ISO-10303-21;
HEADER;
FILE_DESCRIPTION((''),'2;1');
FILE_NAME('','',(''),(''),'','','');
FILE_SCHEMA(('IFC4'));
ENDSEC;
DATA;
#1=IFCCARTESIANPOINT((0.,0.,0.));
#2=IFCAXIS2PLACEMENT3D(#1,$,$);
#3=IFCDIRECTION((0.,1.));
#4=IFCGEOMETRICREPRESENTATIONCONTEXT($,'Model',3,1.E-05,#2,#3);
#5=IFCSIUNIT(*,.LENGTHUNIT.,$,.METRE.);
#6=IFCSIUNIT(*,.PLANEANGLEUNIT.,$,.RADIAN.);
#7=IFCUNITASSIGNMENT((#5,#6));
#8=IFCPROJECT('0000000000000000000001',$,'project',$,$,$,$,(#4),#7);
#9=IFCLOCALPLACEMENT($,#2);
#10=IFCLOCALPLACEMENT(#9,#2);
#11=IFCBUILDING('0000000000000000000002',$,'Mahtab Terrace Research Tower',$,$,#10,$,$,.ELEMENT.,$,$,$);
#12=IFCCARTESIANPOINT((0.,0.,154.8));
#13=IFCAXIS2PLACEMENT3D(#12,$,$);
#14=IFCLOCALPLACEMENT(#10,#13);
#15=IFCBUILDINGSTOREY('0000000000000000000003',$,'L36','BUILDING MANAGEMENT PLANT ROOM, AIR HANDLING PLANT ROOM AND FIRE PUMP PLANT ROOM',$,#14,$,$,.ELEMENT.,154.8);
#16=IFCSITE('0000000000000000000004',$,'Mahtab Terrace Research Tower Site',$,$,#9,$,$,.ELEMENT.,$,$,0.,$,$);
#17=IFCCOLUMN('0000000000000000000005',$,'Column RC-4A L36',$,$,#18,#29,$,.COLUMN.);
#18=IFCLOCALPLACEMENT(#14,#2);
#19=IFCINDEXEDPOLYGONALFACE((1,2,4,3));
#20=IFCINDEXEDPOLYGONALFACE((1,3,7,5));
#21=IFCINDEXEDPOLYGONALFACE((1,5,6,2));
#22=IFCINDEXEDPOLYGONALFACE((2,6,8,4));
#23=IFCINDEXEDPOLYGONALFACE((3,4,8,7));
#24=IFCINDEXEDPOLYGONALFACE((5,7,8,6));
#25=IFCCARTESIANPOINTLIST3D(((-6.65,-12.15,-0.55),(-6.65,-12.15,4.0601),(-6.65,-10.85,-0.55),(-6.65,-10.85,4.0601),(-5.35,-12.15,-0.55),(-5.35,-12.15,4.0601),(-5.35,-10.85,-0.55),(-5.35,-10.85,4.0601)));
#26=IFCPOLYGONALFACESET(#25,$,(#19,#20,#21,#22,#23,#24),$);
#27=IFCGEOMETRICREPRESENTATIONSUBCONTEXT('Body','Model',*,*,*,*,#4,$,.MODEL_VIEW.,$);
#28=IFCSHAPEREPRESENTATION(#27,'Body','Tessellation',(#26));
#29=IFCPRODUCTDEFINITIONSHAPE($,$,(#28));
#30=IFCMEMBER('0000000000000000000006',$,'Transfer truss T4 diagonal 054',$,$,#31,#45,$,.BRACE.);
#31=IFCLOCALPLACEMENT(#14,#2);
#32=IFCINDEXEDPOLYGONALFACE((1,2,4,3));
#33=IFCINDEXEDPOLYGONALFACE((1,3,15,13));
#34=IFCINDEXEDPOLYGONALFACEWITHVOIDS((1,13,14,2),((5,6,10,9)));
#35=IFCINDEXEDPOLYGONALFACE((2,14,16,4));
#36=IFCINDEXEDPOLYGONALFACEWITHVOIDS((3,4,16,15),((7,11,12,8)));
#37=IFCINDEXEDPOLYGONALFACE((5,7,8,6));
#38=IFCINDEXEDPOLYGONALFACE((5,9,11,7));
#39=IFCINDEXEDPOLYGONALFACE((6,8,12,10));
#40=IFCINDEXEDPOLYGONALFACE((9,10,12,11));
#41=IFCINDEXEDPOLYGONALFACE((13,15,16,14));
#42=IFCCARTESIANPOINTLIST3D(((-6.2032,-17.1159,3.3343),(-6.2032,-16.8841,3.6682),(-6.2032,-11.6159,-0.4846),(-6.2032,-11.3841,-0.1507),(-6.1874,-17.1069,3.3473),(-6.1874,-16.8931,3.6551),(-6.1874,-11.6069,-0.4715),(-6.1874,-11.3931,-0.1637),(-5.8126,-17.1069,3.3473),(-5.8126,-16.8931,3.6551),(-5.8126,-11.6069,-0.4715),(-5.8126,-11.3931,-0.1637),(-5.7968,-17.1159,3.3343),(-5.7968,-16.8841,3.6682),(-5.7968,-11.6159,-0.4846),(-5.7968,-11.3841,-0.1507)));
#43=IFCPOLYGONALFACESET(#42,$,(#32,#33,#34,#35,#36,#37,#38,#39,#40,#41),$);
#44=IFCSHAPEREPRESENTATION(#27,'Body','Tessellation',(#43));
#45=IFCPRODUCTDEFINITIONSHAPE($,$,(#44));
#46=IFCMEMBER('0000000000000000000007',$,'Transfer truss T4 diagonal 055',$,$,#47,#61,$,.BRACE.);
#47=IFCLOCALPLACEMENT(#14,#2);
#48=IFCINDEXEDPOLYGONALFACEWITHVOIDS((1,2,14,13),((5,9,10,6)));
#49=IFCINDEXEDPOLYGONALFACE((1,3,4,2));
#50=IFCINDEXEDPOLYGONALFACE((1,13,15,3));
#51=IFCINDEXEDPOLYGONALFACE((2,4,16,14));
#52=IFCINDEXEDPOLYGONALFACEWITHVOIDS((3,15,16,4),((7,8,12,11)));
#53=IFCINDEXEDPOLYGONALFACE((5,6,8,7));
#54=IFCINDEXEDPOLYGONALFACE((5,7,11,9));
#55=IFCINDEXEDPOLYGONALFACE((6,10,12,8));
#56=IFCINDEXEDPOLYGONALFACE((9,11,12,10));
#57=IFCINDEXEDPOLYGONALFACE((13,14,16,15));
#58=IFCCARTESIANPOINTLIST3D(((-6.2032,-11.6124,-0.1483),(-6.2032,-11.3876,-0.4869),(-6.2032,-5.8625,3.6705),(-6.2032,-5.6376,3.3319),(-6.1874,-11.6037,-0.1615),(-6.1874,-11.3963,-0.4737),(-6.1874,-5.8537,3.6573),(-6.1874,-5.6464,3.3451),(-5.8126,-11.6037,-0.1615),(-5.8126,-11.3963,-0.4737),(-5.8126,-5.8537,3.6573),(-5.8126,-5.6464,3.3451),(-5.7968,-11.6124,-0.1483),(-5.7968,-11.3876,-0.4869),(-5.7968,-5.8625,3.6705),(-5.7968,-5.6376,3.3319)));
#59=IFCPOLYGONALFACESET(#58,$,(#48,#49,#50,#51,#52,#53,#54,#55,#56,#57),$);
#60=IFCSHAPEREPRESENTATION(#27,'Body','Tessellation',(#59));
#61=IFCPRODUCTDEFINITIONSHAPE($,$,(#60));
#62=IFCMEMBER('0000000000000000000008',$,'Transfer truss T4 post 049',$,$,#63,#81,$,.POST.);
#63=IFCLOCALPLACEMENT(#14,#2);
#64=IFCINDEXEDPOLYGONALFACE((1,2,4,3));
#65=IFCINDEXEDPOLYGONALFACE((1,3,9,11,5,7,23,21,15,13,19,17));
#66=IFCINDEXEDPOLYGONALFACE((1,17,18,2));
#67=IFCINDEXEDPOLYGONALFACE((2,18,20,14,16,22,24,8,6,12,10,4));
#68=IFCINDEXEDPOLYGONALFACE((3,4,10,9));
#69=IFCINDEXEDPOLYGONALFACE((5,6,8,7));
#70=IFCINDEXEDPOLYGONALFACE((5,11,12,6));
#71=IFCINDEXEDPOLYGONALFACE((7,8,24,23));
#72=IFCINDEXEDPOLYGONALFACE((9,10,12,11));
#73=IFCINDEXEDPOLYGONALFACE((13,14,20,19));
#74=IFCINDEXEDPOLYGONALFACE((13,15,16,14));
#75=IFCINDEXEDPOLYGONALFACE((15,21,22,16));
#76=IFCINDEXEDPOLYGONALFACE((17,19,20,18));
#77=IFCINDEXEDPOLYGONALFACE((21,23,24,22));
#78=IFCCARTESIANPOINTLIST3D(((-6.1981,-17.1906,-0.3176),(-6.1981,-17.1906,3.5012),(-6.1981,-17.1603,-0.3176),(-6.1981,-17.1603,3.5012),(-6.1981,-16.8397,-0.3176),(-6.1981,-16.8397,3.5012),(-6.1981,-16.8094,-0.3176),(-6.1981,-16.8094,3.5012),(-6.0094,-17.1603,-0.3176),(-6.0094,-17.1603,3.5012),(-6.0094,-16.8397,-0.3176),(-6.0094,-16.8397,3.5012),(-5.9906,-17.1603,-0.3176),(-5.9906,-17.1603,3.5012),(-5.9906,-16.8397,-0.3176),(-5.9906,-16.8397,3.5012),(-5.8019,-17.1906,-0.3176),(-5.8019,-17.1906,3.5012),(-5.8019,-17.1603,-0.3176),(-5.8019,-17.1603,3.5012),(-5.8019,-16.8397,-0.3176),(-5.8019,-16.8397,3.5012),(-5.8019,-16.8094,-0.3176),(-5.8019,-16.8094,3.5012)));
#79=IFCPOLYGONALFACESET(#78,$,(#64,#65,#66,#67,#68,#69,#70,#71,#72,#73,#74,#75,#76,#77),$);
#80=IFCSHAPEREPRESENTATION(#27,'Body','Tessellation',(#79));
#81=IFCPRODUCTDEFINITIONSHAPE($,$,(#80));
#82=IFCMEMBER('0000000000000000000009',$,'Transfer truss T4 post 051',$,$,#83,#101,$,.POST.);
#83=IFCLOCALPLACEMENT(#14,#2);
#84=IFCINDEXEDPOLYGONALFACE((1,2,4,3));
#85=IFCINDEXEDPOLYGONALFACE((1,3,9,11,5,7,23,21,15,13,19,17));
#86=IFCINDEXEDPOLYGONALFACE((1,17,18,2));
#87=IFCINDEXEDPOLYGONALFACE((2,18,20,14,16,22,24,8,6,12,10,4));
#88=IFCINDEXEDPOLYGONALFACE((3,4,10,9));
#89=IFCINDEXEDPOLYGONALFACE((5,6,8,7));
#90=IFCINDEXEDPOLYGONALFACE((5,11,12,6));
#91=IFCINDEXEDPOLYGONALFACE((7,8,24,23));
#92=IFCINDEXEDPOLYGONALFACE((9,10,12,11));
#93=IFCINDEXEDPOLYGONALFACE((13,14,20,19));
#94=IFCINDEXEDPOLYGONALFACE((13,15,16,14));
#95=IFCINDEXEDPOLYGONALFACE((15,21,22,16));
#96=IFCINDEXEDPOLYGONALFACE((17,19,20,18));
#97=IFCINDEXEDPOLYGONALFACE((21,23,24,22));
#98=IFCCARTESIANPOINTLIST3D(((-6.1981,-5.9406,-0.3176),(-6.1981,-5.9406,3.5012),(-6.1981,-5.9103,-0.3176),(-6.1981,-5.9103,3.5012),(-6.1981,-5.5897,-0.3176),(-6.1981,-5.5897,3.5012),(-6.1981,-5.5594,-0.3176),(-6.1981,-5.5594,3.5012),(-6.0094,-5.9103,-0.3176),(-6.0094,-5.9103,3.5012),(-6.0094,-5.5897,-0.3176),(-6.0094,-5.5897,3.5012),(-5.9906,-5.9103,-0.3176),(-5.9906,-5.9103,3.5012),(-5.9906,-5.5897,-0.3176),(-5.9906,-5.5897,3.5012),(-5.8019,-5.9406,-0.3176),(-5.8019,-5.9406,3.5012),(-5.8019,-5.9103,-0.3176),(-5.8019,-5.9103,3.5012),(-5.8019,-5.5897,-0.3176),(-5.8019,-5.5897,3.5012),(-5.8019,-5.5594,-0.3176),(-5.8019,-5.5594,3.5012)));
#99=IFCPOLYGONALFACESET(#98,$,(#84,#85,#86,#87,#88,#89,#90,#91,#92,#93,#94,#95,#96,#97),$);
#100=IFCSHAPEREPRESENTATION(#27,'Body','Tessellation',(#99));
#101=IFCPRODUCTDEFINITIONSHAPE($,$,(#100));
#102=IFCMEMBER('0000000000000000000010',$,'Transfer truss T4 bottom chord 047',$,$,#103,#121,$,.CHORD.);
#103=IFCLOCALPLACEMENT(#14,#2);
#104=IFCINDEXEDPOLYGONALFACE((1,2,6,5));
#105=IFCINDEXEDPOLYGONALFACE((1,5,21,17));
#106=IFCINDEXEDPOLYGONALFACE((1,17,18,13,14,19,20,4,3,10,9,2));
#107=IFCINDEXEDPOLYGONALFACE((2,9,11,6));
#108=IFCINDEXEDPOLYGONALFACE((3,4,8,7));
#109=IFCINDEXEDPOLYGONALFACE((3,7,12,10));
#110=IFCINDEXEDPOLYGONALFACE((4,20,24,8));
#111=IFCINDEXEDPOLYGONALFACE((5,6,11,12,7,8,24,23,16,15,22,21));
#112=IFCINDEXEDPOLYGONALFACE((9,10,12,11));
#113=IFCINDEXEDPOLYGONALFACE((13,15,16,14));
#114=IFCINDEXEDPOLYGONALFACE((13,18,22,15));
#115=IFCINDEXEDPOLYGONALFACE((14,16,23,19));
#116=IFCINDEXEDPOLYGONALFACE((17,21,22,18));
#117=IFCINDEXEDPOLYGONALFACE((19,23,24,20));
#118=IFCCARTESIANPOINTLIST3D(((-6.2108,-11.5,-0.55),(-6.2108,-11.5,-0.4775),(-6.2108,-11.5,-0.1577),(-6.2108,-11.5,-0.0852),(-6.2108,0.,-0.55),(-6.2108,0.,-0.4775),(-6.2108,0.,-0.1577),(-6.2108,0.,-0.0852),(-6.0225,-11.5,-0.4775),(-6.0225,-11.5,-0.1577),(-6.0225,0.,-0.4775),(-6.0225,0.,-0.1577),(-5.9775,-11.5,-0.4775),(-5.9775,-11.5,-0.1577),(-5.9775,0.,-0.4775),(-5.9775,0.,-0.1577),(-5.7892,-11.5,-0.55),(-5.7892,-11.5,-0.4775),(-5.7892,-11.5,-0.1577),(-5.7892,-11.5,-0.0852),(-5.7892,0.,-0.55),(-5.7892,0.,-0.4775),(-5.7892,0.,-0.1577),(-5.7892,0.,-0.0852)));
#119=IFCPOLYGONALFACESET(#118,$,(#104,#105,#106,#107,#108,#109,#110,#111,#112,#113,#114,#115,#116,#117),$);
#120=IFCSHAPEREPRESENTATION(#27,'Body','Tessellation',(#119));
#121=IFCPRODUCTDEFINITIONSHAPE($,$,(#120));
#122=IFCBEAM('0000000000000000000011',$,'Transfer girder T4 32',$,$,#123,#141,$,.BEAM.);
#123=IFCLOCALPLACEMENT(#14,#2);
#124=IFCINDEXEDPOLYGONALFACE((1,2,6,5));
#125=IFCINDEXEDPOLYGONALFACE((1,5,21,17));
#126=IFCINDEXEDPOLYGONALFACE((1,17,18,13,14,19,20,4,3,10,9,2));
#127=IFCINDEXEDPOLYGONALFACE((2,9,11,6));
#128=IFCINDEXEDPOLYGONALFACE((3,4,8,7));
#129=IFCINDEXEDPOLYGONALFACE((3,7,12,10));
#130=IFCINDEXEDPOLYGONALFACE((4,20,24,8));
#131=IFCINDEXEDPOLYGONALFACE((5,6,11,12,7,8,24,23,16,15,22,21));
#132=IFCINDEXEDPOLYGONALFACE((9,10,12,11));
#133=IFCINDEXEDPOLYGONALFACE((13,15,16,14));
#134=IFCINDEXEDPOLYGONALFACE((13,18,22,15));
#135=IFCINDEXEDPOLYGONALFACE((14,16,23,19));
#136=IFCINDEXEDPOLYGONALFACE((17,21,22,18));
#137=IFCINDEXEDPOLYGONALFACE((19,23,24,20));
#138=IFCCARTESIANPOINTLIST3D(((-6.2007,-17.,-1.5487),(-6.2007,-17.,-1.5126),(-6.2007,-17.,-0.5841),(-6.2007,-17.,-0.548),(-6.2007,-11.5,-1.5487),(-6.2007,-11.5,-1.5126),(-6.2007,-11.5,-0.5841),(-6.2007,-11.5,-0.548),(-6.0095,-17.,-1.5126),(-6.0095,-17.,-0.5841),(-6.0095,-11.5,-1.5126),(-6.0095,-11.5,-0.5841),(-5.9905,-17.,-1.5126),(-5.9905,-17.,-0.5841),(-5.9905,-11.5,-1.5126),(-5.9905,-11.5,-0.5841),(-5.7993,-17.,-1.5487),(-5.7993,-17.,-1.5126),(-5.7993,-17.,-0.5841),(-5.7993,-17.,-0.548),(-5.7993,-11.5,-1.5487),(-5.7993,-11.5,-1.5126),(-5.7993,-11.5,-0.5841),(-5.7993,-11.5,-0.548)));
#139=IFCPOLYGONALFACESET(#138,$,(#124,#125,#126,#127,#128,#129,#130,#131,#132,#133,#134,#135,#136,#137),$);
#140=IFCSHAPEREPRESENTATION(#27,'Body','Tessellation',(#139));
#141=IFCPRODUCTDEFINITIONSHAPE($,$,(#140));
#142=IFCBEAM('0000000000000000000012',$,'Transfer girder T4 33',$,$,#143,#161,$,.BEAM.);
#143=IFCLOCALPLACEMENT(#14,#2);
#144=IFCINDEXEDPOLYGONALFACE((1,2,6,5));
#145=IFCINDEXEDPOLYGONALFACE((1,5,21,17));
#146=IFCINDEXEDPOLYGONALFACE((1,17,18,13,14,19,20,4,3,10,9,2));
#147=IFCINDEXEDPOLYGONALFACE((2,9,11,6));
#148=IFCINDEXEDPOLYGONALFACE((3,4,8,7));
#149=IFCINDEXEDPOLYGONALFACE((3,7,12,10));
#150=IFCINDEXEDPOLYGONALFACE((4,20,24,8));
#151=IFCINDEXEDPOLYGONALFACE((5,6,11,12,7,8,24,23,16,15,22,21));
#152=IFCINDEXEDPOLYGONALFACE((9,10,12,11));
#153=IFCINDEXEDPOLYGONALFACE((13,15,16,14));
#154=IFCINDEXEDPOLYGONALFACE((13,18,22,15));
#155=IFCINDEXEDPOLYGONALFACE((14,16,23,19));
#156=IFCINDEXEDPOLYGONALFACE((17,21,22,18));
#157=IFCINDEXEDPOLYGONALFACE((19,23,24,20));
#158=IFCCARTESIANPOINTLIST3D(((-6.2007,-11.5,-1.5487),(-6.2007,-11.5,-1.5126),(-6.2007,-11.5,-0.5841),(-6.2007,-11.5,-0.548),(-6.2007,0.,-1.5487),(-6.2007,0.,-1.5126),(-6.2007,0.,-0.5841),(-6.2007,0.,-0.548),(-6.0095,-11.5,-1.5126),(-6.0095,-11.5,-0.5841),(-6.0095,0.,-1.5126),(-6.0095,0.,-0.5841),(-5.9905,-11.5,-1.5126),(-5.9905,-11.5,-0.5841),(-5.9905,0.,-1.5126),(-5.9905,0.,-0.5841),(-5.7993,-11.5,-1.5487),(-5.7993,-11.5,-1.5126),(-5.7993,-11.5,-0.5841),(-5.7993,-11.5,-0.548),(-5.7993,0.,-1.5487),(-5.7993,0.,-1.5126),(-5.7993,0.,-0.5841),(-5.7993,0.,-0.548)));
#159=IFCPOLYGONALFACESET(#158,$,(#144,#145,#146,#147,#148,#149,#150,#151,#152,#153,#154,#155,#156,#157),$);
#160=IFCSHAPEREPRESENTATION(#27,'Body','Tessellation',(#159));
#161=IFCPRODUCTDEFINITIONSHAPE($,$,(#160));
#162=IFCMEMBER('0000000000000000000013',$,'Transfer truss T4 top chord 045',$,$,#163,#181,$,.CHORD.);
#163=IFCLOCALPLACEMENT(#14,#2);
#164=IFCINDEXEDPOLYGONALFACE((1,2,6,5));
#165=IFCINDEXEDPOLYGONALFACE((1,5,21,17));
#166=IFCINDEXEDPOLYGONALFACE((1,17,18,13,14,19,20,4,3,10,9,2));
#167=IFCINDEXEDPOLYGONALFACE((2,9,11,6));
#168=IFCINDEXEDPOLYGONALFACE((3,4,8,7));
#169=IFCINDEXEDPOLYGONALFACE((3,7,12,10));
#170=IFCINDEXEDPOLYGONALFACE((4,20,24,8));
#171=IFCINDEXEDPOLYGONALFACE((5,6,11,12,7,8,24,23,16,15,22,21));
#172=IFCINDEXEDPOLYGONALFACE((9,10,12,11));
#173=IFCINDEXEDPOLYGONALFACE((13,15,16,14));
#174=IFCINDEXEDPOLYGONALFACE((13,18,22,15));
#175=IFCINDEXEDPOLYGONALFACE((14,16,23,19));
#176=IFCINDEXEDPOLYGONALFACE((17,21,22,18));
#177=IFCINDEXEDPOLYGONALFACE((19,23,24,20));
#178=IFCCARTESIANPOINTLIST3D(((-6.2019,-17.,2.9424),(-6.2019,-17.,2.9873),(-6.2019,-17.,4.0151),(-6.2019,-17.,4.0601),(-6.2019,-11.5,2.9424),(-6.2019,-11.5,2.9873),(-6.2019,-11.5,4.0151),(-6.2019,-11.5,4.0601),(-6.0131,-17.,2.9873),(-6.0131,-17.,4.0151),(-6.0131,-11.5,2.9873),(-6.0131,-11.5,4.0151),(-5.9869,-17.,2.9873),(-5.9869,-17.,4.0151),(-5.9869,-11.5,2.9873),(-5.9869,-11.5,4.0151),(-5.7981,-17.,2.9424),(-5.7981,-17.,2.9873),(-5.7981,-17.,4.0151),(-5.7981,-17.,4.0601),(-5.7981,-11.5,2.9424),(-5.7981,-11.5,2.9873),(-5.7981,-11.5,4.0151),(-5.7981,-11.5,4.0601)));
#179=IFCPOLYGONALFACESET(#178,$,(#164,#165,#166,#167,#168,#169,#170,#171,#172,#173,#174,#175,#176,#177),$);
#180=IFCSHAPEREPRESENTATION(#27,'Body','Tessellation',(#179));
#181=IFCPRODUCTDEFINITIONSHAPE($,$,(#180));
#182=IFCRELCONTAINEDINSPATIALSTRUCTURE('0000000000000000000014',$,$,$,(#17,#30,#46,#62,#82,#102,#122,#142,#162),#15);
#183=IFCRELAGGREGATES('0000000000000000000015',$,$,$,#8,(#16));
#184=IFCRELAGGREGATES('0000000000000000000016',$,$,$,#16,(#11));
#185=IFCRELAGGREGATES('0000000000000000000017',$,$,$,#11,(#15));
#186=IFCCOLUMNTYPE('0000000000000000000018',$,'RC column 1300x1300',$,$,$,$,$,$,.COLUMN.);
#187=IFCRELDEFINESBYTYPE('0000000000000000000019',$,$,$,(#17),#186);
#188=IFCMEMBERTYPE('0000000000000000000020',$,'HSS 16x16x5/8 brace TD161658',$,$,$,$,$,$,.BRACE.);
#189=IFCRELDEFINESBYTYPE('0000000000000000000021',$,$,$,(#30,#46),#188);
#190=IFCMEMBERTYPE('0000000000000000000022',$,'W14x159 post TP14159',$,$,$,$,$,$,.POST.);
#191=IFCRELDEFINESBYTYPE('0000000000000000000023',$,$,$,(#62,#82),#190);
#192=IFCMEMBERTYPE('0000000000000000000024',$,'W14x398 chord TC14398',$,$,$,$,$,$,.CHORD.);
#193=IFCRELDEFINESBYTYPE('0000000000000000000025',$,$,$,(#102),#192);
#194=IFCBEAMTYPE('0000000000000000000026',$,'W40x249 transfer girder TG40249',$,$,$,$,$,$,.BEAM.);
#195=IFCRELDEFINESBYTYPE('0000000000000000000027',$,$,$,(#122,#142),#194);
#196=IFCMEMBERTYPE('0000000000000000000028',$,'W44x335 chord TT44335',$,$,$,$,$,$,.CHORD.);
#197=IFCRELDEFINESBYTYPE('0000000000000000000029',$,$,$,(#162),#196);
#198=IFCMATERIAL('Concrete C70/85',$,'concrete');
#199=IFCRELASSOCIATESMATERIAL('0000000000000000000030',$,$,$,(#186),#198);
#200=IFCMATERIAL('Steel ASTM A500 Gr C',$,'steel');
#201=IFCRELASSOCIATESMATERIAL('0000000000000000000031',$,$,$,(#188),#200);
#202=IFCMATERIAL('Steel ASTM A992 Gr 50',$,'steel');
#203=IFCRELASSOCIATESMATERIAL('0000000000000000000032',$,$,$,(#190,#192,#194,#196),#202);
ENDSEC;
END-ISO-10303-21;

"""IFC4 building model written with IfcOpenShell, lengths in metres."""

from ifc_helpers import new_model, si_unit, direction, frame, origin, origin_2d, place, context, subcontext, project, spatial, rectangle, hollow_rectangle, i_section, extrude, material, material_profile, profile_set, type_object, element, save


model = new_model("IFC4")

# Units and contexts
model_context = context("Model", 3, precision=1e-05, world=origin(), true_north=direction((0.0, 1.0)))
body_context = subcontext(model_context, "Body", "Model", "MODEL_VIEW")
ifc_project = project(units=[si_unit("LENGTHUNIT", "METRE"), si_unit("PLANEANGLEUNIT", "RADIAN")], contexts=[model_context])

# Site, building, storey
site_placement = place(None, origin())
site = spatial("IfcSite", under=ifc_project, at=site_placement, Name="Mahtab Terrace Research Tower Site", CompositionType="ELEMENT", RefElevation=0.0)
building_placement = place(site_placement, origin())
building = spatial("IfcBuilding", under=site, at=building_placement, Name="Mahtab Terrace Research Tower", CompositionType="ELEMENT")
storey_placement = place(building_placement, frame((0.0, 0.0, 154.8)))
storey = spatial("IfcBuildingStorey", under=building, at=storey_placement, Name="L36", Description="BUILDING MANAGEMENT PLANT ROOM, AIR HANDLING PLANT ROOM AND FIRE PUMP PLANT ROOM", CompositionType="ELEMENT", Elevation=154.8)

# Column
ifc_material_1 = material(Name="Concrete C70/85", Category="concrete")
ifc_material_profile_1 = material_profile(ifc_material_1, rectangle(XDim=1.3, YDim=1.3, at=origin_2d()), Name="RC column 1300x1300")
ifc_profile_set_1 = profile_set([ifc_material_profile_1], Name="Concrete C70/85")
column_type = type_object("IfcColumnType", Name="RC column 1300x1300", PredefinedType="COLUMN", material=ifc_profile_set_1)
column_placement = place(storey_placement, frame((-6.0, -11.5, -0.55), z_axis=(0.0, 0.0, 1.0), x_axis=(1.0, 0.0, 0.0)))
element("IfcColumn", 1, at=column_placement, inside=storey, type_object=column_type, Name="Column RC-4A L36", PredefinedType="COLUMN", context=body_context, shape_type="SweptSolid", body=[
    extrude(rectangle(XDim=1.3, YDim=1.3, at=origin_2d()), origin(), (0.0, 0.0, 1.0), 4.6101),
])

# Members
ifc_material_2 = material(Name="Steel ASTM A500 Gr C", Category="steel")
ifc_material_profile_2 = material_profile(ifc_material_2, hollow_rectangle(XDim=0.4065, YDim=0.4065, WallThickness=0.0159, at=origin_2d()), Name="HSS16X16X5/8")
ifc_profile_set_2 = profile_set([ifc_material_profile_2], Name="Steel ASTM A500 Gr C")
member_type_1 = type_object("IfcMemberType", Name="HSS 16x16x5/8 brace TD161658", PredefinedType="BRACE", material=ifc_profile_set_2)
member_1_placement = place(storey_placement, frame((-6.0, -11.5, -0.3176), z_axis=(0.0, -0.821412, 0.570336), x_axis=(1.0, 0.0, 0.0)))
element("IfcMember", 2, at=member_1_placement, inside=storey, type_object=member_type_1, Name="Transfer truss T4 diagonal 054", PredefinedType="BRACE", context=body_context, shape_type="SweptSolid", body=[
    extrude(hollow_rectangle(XDim=0.4065, YDim=0.4065, WallThickness=0.0159, at=origin_2d()), origin(), (0.0, 0.0, 1.0), 6.6958),
])
member_2_placement = place(storey_placement, frame((-6.0, -11.5, -0.3176), z_axis=(0.0, 0.833018, 0.553246), x_axis=(-1.0, 0.0, 0.0)))
element("IfcMember", 3, at=member_2_placement, inside=storey, type_object=member_type_1, Name="Transfer truss T4 diagonal 055", PredefinedType="BRACE", context=body_context, shape_type="SweptSolid", body=[
    extrude(hollow_rectangle(XDim=0.4065, YDim=0.4065, WallThickness=0.0159, at=origin_2d()), origin(), (0.0, 0.0, 1.0), 6.9026),
])
ifc_material_3 = material(Name="Steel ASTM A992 Gr 50", Category="steel")
ifc_material_profile_3 = material_profile(ifc_material_3, i_section(OverallWidth=0.3962, OverallDepth=0.3811, WebThickness=0.0188, FlangeThickness=0.0303, at=origin_2d()), Name="W14X159")
ifc_profile_set_3 = profile_set([ifc_material_profile_3], Name="Steel ASTM A992 Gr 50")
member_type_2 = type_object("IfcMemberType", Name="W14x159 post TP14159", PredefinedType="POST", material=ifc_profile_set_3)
for number, where, z_axis, x_axis, name in (
    (4, (-6.0, -17.0, -0.3176), (0.0, 0.0, 1.0), (1.0, 0.0, 0.0), "Transfer truss T4 post 049"),
    (5, (-6.0, -5.75, -0.3176), (0.0, 0.0, 1.0), (1.0, 0.0, 0.0), "Transfer truss T4 post 051"),
):
    element("IfcMember", number, at=place(storey_placement, frame(where, z_axis=z_axis, x_axis=x_axis)), inside=storey, type_object=member_type_2, Name=name, PredefinedType="POST", context=body_context, shape_type="SweptSolid", body=[
        extrude(i_section(OverallWidth=0.3962, OverallDepth=0.3811, WebThickness=0.0188, FlangeThickness=0.0303, at=origin_2d()), origin(), (0.0, 0.0, 1.0), 3.8188),
    ])
ifc_material_profile_4 = material_profile(ifc_material_3, i_section(OverallWidth=0.4216, OverallDepth=0.4648, WebThickness=0.0449, FlangeThickness=0.0725, at=origin_2d()), Name="W14X398")
ifc_profile_set_4 = profile_set([ifc_material_profile_4], Name="Steel ASTM A992 Gr 50")
member_type_3 = type_object("IfcMemberType", Name="W14x398 chord TC14398", PredefinedType="CHORD", material=ifc_profile_set_4)
member_3_placement = place(storey_placement, frame((-6.0, -11.5, -0.3176), z_axis=(0.0, 1.0, 0.0), x_axis=(-1.0, 0.0, 0.0)))
element("IfcMember", 6, at=member_3_placement, inside=storey, type_object=member_type_3, Name="Transfer truss T4 bottom chord 047", PredefinedType="CHORD", context=body_context, shape_type="SweptSolid", body=[
    extrude(i_section(OverallWidth=0.4216, OverallDepth=0.4648, WebThickness=0.0449, FlangeThickness=0.0725, at=origin_2d()), origin(), (0.0, 0.0, 1.0), 11.5),
])

# Beams
ifc_material_profile_5 = material_profile(ifc_material_3, i_section(OverallWidth=0.4014, OverallDepth=1.0007, WebThickness=0.019, FlangeThickness=0.0361, at=origin_2d()), Name="W40X249")
ifc_profile_set_5 = profile_set([ifc_material_profile_5], Name="Steel ASTM A992 Gr 50")
beam_type = type_object("IfcBeamType", Name="W40x249 transfer girder TG40249", PredefinedType="BEAM", material=ifc_profile_set_5)
beam_1_placement = place(storey_placement, frame((-6.0, -17.0, -1.0483), z_axis=(0.0, 1.0, 0.0), x_axis=(-1.0, 0.0, 0.0)))
element("IfcBeam", 7, at=beam_1_placement, inside=storey, type_object=beam_type, Name="Transfer girder T4 32", PredefinedType="BEAM", context=body_context, shape_type="SweptSolid", body=[
    extrude(i_section(OverallWidth=0.4014, OverallDepth=1.0007, WebThickness=0.019, FlangeThickness=0.0361, at=origin_2d()), origin(), (0.0, 0.0, 1.0), 5.5),
])
beam_2_placement = place(storey_placement, frame((-6.0, -11.5, -1.0483), z_axis=(0.0, 1.0, 0.0), x_axis=(-1.0, 0.0, 0.0)))
element("IfcBeam", 8, at=beam_2_placement, inside=storey, type_object=beam_type, Name="Transfer girder T4 33", PredefinedType="BEAM", context=body_context, shape_type="SweptSolid", body=[
    extrude(i_section(OverallWidth=0.4014, OverallDepth=1.0007, WebThickness=0.019, FlangeThickness=0.0361, at=origin_2d()), origin(), (0.0, 0.0, 1.0), 11.5),
])

# Member
ifc_material_profile_6 = material_profile(ifc_material_3, i_section(OverallWidth=0.4038, OverallDepth=1.1177, WebThickness=0.0261, FlangeThickness=0.0449, at=origin_2d()), Name="W44X335")
ifc_profile_set_6 = profile_set([ifc_material_profile_6], Name="Steel ASTM A992 Gr 50")
member_type_4 = type_object("IfcMemberType", Name="W44x335 chord TT44335", PredefinedType="CHORD", material=ifc_profile_set_6)
member_4_placement = place(storey_placement, frame((-6.0, -17.0, 3.5012), z_axis=(0.0, 1.0, 0.0), x_axis=(-1.0, 0.0, 0.0)))
element("IfcMember", 9, at=member_4_placement, inside=storey, type_object=member_type_4, Name="Transfer truss T4 top chord 045", PredefinedType="CHORD", context=body_context, shape_type="SweptSolid", body=[
    extrude(i_section(OverallWidth=0.4038, OverallDepth=1.1177, WebThickness=0.0261, FlangeThickness=0.0449, at=origin_2d()), origin(), (0.0, 0.0, 1.0), 5.5),
])

save(model, "model.ifc")
